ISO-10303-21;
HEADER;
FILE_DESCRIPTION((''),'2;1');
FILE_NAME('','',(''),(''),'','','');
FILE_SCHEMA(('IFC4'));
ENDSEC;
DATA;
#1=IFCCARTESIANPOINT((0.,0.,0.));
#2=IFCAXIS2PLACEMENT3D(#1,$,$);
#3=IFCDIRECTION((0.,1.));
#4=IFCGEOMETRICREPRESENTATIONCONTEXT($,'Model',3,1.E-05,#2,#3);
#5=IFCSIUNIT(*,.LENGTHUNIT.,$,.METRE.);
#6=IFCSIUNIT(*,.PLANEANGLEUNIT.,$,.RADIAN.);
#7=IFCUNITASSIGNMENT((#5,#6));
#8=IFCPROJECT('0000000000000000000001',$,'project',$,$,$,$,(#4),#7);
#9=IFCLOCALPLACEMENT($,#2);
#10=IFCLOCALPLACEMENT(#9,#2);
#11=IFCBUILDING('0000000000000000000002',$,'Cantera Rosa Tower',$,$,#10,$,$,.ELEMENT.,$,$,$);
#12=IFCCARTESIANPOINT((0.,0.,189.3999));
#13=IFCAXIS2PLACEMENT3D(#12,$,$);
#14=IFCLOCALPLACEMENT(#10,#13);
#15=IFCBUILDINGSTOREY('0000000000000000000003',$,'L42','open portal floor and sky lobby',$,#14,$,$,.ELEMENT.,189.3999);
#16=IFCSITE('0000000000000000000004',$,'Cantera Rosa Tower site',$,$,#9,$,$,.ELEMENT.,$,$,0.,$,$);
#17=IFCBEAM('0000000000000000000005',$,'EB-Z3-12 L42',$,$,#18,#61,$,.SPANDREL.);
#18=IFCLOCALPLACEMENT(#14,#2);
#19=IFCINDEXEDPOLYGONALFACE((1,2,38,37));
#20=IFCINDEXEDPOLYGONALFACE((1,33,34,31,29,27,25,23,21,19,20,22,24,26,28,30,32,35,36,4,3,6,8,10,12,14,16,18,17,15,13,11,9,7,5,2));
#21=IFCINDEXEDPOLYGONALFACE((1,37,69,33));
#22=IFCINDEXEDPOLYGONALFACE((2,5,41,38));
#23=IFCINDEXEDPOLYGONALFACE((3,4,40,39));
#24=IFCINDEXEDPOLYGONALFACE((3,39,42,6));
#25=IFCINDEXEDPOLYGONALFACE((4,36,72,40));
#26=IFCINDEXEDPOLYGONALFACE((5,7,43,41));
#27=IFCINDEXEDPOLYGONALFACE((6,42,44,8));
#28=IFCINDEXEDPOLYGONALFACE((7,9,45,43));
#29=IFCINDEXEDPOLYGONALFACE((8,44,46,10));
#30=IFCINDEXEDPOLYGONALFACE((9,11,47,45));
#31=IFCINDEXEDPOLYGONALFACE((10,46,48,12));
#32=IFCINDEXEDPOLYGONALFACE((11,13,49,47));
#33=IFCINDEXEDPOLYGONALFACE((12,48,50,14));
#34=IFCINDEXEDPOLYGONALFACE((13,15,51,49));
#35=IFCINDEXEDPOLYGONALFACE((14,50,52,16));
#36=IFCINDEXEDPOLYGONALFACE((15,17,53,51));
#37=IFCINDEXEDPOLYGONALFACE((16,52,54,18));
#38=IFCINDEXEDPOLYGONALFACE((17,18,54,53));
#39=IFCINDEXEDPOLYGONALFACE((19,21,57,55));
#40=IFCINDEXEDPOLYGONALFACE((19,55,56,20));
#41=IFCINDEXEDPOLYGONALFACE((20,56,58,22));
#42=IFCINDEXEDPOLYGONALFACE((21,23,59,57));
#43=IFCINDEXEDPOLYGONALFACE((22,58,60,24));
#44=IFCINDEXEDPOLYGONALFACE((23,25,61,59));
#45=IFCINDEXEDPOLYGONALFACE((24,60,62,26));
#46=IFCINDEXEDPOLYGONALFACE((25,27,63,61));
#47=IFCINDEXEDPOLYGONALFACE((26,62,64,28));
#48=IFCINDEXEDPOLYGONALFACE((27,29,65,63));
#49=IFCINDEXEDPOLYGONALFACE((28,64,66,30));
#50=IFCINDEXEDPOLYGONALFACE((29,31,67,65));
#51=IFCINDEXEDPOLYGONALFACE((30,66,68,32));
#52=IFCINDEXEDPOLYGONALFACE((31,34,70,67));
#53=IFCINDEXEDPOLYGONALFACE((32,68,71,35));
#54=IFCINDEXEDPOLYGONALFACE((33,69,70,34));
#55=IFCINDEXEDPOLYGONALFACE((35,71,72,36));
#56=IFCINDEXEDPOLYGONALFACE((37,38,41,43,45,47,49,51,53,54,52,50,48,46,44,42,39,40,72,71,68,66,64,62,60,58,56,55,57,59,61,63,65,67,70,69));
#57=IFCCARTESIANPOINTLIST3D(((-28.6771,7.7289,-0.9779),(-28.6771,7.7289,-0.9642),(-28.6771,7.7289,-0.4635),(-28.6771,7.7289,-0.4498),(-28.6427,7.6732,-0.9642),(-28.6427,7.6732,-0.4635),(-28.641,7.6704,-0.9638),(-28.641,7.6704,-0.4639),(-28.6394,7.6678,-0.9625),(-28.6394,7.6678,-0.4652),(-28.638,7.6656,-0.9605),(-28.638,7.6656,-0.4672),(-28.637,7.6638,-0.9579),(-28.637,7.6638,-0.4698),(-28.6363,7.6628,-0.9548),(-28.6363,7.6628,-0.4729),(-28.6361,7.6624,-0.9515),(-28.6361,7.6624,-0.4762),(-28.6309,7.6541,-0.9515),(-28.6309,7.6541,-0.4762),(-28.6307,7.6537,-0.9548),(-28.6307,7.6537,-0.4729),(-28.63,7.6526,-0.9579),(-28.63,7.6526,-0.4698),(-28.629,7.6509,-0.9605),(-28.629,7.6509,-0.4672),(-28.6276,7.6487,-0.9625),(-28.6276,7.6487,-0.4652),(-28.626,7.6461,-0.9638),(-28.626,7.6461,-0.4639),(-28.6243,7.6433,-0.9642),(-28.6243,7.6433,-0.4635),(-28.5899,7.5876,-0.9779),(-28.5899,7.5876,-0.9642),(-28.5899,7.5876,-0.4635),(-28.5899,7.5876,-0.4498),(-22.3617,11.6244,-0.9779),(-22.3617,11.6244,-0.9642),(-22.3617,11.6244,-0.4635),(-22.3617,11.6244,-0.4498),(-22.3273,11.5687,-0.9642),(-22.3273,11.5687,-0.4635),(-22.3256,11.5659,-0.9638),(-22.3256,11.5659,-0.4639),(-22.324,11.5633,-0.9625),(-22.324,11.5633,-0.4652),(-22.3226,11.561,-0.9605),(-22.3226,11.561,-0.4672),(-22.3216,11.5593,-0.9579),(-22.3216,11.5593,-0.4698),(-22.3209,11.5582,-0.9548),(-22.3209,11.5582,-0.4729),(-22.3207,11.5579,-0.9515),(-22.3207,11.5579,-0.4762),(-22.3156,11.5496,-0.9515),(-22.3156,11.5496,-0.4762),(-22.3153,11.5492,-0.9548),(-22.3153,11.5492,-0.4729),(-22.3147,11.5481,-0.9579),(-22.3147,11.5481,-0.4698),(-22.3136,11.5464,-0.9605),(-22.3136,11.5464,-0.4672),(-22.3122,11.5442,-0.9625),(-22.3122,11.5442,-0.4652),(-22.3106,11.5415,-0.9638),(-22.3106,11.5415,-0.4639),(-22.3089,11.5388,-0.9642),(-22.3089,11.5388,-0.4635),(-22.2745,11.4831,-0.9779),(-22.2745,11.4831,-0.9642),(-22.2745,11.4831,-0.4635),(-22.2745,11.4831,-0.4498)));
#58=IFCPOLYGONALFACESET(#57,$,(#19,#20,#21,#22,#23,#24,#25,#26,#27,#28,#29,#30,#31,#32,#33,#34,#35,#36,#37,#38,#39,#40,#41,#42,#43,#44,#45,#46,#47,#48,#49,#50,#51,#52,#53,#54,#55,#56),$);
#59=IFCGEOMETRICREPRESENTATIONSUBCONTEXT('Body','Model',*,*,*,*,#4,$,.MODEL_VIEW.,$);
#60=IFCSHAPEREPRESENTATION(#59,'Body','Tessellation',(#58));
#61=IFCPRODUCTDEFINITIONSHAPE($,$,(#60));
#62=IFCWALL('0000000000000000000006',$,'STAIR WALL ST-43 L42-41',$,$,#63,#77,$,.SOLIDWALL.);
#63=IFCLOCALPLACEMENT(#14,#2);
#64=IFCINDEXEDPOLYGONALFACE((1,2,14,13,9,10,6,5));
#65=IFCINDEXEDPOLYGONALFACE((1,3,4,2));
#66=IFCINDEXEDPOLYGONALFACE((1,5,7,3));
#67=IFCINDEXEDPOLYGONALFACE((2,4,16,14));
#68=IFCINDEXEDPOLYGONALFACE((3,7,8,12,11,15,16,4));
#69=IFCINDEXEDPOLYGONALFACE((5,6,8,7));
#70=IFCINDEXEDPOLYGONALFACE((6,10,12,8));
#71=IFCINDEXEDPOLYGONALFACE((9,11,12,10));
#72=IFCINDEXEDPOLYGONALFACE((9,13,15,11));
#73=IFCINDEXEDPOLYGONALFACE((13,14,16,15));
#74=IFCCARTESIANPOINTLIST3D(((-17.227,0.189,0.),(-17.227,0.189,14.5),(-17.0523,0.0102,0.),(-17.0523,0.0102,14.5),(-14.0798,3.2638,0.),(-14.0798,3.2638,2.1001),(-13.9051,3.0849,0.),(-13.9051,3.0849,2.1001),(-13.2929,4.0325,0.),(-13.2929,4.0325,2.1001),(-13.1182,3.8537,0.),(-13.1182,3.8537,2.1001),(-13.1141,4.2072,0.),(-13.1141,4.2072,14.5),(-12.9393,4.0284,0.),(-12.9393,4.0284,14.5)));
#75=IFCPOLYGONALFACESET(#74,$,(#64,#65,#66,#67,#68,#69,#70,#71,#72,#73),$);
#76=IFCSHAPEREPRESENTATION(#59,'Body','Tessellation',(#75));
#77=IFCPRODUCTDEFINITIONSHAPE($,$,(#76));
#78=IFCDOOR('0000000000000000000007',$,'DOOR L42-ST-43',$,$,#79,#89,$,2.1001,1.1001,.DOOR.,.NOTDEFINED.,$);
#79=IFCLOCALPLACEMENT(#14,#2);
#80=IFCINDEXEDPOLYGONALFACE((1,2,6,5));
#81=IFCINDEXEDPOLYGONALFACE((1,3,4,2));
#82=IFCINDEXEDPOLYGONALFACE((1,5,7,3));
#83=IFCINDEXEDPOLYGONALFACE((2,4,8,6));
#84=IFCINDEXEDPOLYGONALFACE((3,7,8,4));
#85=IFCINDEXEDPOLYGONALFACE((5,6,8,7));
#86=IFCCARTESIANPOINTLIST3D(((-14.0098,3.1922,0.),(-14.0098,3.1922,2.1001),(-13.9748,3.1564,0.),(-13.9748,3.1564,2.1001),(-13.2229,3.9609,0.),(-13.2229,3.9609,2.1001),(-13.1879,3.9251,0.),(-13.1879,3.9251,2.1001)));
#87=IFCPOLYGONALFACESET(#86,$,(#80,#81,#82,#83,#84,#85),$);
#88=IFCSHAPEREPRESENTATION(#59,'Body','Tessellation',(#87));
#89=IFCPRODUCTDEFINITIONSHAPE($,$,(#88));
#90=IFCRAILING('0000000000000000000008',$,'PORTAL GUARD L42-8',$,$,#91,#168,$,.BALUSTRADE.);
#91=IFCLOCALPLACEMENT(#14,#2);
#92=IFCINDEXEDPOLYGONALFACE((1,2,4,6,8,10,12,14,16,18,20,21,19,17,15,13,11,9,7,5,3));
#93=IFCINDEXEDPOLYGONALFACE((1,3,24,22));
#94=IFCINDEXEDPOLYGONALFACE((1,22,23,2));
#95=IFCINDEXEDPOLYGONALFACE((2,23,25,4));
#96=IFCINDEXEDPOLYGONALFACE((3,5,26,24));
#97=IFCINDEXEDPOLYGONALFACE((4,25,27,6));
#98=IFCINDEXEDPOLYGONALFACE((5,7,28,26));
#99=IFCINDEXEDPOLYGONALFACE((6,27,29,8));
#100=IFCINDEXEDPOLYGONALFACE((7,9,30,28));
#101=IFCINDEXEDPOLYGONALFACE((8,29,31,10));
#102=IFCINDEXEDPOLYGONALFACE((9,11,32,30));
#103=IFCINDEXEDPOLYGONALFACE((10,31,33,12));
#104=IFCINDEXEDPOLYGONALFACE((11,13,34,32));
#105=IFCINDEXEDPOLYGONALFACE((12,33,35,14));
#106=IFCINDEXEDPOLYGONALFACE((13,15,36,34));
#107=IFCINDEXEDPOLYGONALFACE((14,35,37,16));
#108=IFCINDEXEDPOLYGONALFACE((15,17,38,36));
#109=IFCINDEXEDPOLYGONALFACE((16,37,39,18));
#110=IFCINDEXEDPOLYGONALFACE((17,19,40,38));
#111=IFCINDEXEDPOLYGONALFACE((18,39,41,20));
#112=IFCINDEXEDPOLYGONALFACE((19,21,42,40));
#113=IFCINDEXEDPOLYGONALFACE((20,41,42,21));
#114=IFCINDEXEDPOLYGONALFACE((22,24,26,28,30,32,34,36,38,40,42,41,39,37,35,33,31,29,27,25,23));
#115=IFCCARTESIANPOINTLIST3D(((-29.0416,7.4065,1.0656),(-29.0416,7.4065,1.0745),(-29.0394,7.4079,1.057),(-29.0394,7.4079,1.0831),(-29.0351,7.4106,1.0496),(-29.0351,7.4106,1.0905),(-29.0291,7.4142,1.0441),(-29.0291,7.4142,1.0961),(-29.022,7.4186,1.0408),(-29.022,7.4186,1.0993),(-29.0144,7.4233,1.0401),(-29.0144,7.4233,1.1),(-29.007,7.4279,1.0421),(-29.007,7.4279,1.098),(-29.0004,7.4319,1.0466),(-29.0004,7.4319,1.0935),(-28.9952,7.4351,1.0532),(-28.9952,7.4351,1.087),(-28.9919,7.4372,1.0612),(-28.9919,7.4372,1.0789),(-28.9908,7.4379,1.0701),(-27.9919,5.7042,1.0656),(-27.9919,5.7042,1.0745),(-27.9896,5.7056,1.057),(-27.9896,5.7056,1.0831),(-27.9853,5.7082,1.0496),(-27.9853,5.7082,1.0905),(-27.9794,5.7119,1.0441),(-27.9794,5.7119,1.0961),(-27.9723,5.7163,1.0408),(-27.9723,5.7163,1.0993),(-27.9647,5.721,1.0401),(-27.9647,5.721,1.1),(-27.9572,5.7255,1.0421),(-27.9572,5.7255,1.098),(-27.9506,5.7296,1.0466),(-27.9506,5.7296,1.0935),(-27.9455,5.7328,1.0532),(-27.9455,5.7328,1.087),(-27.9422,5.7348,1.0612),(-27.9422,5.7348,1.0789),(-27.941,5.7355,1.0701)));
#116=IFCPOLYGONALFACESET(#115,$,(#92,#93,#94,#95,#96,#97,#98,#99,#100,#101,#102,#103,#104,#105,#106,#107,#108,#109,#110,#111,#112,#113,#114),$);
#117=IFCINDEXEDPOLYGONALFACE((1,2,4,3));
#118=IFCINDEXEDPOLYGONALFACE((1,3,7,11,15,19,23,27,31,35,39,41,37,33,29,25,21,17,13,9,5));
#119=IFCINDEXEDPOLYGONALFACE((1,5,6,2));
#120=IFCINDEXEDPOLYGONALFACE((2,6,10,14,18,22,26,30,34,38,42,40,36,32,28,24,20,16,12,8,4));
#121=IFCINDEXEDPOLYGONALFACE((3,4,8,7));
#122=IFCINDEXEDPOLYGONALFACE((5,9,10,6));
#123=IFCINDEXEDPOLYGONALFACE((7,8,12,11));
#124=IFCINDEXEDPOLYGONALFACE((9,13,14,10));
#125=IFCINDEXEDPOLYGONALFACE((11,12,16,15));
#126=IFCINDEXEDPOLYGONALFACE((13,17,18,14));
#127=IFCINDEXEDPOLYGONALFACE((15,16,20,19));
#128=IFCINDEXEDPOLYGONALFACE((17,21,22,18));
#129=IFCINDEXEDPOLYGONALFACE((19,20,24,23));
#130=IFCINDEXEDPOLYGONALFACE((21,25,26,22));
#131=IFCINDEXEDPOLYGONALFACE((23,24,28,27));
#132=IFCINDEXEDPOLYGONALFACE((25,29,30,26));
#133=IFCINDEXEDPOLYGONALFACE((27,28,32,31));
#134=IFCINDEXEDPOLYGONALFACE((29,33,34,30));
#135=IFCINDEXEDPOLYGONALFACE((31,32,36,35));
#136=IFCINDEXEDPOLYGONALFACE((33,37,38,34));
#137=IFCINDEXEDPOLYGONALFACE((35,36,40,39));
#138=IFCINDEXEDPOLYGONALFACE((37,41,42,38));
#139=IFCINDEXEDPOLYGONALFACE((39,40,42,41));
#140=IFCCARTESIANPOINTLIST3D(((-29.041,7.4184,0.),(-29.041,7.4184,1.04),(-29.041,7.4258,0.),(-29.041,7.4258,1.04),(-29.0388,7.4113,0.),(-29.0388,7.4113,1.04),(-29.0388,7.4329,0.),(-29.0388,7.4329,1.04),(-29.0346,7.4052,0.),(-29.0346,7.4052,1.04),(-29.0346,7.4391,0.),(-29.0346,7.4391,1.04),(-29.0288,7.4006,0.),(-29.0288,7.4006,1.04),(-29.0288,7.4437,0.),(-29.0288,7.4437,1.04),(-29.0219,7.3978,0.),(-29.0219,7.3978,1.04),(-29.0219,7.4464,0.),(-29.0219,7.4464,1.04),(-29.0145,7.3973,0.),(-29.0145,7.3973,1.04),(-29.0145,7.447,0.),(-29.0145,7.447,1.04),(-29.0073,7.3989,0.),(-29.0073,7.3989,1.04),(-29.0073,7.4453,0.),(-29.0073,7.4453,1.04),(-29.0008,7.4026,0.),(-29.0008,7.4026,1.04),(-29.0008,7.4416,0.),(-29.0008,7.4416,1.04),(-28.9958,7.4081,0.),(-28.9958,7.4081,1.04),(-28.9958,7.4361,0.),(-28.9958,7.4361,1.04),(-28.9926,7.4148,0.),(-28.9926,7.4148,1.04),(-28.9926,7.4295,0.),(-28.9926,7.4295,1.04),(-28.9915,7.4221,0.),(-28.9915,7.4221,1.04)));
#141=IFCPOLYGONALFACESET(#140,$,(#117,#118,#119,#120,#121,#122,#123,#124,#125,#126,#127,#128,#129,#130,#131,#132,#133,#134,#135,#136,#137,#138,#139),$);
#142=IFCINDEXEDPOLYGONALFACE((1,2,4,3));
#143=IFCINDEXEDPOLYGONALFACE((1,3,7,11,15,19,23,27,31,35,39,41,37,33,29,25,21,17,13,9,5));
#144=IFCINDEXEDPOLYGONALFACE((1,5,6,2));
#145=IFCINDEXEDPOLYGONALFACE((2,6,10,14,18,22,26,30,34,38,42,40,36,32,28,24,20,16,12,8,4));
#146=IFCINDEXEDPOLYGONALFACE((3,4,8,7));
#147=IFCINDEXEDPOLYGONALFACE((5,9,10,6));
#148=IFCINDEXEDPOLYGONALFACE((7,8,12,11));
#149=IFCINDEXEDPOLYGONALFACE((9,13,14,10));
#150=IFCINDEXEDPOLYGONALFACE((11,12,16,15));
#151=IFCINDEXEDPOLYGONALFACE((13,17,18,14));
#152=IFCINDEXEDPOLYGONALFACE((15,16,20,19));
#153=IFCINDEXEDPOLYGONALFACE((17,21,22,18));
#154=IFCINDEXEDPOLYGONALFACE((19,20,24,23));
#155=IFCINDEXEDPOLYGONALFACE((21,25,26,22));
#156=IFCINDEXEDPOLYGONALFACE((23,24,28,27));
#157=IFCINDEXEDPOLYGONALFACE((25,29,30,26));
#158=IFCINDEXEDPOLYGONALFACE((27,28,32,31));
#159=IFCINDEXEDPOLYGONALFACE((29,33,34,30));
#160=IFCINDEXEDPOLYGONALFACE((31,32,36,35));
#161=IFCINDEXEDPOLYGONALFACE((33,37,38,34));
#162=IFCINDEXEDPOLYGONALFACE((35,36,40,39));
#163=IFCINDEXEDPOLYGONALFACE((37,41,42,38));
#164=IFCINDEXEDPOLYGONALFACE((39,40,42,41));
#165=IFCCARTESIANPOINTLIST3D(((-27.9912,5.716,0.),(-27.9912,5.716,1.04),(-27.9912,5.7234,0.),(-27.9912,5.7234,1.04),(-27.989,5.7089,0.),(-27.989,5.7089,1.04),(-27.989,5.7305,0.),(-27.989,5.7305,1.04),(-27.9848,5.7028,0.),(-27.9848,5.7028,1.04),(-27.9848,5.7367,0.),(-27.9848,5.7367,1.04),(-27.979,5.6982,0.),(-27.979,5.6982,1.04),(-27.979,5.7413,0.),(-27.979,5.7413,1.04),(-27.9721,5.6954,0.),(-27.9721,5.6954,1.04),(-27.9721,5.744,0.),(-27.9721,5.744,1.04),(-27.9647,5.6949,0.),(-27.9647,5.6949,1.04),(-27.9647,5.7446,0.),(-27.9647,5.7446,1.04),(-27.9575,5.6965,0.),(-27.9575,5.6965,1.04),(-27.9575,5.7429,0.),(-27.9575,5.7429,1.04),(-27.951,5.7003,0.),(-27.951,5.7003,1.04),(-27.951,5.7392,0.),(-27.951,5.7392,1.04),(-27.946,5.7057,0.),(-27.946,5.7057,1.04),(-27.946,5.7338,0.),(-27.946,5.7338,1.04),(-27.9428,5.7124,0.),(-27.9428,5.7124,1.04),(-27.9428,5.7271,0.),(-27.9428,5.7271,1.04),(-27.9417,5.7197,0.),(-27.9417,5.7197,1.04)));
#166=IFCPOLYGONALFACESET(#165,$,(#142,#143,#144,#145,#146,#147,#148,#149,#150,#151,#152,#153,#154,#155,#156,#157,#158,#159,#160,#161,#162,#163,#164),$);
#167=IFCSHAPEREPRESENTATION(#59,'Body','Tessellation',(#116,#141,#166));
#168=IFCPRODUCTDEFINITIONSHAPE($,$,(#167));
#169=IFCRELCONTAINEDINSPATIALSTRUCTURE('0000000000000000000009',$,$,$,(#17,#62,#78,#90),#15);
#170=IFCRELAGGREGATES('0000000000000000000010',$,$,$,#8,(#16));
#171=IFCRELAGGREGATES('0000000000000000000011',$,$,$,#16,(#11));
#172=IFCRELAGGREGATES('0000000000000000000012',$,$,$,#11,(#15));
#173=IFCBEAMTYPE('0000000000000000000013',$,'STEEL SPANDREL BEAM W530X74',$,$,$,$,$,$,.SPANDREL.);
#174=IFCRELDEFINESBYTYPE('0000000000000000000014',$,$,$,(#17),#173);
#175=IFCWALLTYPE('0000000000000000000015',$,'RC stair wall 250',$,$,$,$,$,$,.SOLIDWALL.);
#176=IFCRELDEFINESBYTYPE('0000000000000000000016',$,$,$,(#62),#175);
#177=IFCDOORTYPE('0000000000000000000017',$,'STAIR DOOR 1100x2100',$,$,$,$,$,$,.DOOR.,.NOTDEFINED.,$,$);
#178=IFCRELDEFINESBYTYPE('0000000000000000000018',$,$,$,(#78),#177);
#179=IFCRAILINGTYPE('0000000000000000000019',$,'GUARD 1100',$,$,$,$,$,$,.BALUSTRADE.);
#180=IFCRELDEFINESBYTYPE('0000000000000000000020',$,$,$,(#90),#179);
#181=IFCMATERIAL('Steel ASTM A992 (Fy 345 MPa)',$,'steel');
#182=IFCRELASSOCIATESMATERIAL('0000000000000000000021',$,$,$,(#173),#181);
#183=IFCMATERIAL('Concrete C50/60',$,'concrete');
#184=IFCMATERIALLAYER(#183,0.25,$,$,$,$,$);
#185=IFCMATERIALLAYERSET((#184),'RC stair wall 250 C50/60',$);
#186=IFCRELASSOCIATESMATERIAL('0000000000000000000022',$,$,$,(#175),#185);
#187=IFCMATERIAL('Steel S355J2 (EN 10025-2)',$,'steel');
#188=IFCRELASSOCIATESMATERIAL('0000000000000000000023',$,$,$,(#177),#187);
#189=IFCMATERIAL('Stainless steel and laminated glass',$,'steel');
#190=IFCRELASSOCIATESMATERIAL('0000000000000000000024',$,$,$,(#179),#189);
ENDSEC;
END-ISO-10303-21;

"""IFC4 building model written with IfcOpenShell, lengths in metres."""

from ifc_helpers import new_model, si_unit, direction, frame, frame_2d, origin, origin_2d, place, context, subcontext, project, spatial, rectangle, circle, i_section, extrude, material, layer, layer_set, material_profile, profile_set, type_object, element, fill, save


model = new_model("IFC4")

# Units and contexts
model_context = context("Model", 3, precision=1e-05, world=origin(), true_north=direction((0.0, 1.0)))
body_context = subcontext(model_context, "Body", "Model", "MODEL_VIEW")
ifc_project = project(units=[si_unit("LENGTHUNIT", "METRE"), si_unit("PLANEANGLEUNIT", "RADIAN")], contexts=[model_context])

# Site, building, storey
site_placement = place(None, origin())
site = spatial("IfcSite", under=ifc_project, at=site_placement, Name="Cantera Rosa Tower site", CompositionType="ELEMENT", RefElevation=0.0)
building_placement = place(site_placement, origin())
building = spatial("IfcBuilding", under=site, at=building_placement, Name="Cantera Rosa Tower", CompositionType="ELEMENT")
storey_placement = place(building_placement, frame((0.0, 0.0, 189.3999)))
storey = spatial("IfcBuildingStorey", under=building, at=storey_placement, Name="L42", Description="open portal floor and sky lobby", CompositionType="ELEMENT", Elevation=189.3999)

# Beam
ifc_material_1 = material(Name="Steel ASTM A992 (Fy 345 MPa)", Category="steel")
ifc_material_profile_1 = material_profile(ifc_material_1, i_section(OverallWidth=0.166, OverallDepth=0.5281, WebThickness=0.0098, FlangeThickness=0.0137, FilletRadius=0.0127, at=origin_2d()), Name="W530X74")
ifc_profile_set_1 = profile_set([ifc_material_profile_1], Name="Steel ASTM A992 (Fy 345 MPa)")
beam_type_1 = type_object("IfcBeamType", Name="STEEL SPANDREL BEAM W530X74", PredefinedType="SPANDREL", material=ifc_profile_set_1)
for number, where, z_axis, x_axis, name in (
    (1, (-22.3181, 11.5537, -0.7139), (-0.851111, -0.524986, 0.0), (0.524986, -0.851111, 0.0), "EB-Z3-12 L42"),
):
    element("IfcBeam", number, at=place(storey_placement, frame(where, z_axis=z_axis, x_axis=x_axis)), inside=storey, type_object=beam_type_1, Name=name, PredefinedType="SPANDREL", context=body_context, shape_type="SweptSolid", body=[
        extrude(i_section(OverallWidth=0.166, OverallDepth=0.5281, WebThickness=0.0098, FlangeThickness=0.0137, FilletRadius=0.0127, at=origin_2d()), origin(), (0.0, 0.0, 1.0), 7.4202),
    ])

# Wall, opening, door
ifc_material_2 = material(Name="Concrete C50/60", Category="concrete")
ifc_layer = layer(ifc_material_2, 0.25)
ifc_layer_set = layer_set([ifc_layer], Name="RC stair wall 250 C50/60")
wall_type = type_object("IfcWallType", Name="RC stair wall 250", PredefinedType="SOLIDWALL", material=ifc_layer_set)
wall_placement = place(storey_placement, frame((-17.1396, 0.0996, 0.0), z_axis=(0.0, 0.0, 1.0), x_axis=(0.715296, 0.698822, 0.0)))
wall = element("IfcWall", 2, at=wall_placement, inside=storey, type_object=wall_type, Name="STAIR WALL ST-43 L42-41", PredefinedType="SOLIDWALL", context=body_context, shape_type="SweptSolid", body=[
    extrude(rectangle(XDim=5.75, YDim=0.25, at=frame_2d((2.875, 0.0))), origin(), (0.0, 0.0, 1.0), 14.5),
])
opening_placement = place(wall_placement, frame((4.3999, 0.0, 0.0)))
opening = element("IfcOpeningElement", 3, at=opening_placement, cuts=wall, PredefinedType="OPENING", context=body_context, shape_type="SweptSolid", body=[
    extrude(rectangle(XDim=1.1001, YDim=2.1001, at=frame_2d((0.55, 1.05))), frame((0.0, 0.135, 0.0), z_axis=(0.0, -1.0, 0.0), x_axis=(1.0, 0.0, 0.0)), (0.0, 0.0, 1.0), 0.27),
])
ifc_material_3 = material(Name="Steel S355J2 (EN 10025-2)", Category="steel")
door_type = type_object("IfcDoorType", Name="STAIR DOOR 1100x2100", OperationType="NOTDEFINED", PredefinedType="DOOR", material=ifc_material_3)
door_placement = place(opening_placement, origin())
door = element("IfcDoor", 4, at=door_placement, inside=storey, type_object=door_type, Name="DOOR L42-ST-43", OperationType="NOTDEFINED", OverallHeight=2.1001, OverallWidth=1.1001, PredefinedType="DOOR", context=body_context, shape_type="SweptSolid", body=[
    extrude(rectangle(XDim=1.1001, YDim=2.1001, at=frame_2d((0.55, 1.05))), frame((0.0, 0.0249, 0.0), z_axis=(0.0, -1.0, 0.0), x_axis=(1.0, 0.0, 0.0)), (0.0, 0.0, 1.0), 0.05),
])
fill(opening, door)

# Railing
ifc_material_4 = material(Name="Stainless steel and laminated glass", Category="steel")
railing_type_1 = type_object("IfcRailingType", Name="GUARD 1100", PredefinedType="BALUSTRADE", material=ifc_material_4)
railing_1_placement = place(storey_placement, frame((-29.0164, 7.4221, 0.0)))
element("IfcRailing", 5, at=railing_1_placement, inside=storey, type_object=railing_type_1, Name="PORTAL GUARD L42-8", PredefinedType="BALUSTRADE", context=body_context, shape_type="SweptSolid", body=[
    extrude(circle(Radius=0.03, at=origin_2d()), frame((0.0, 0.0, 1.0701), z_axis=(0.524887, -0.851172, 0.0), x_axis=(0.851172, 0.524887, 0.0)), (0.0, 0.0, 1.0), 2.0),
    extrude(circle(Radius=0.0249, at=origin_2d()), origin(), (0.0, 0.0, 1.0), 1.04),
    extrude(circle(Radius=0.0249, at=origin_2d()), frame((1.0498, -1.7024, 0.0)), (0.0, 0.0, 1.0), 1.04),
])

save(model, "model.ifc")
